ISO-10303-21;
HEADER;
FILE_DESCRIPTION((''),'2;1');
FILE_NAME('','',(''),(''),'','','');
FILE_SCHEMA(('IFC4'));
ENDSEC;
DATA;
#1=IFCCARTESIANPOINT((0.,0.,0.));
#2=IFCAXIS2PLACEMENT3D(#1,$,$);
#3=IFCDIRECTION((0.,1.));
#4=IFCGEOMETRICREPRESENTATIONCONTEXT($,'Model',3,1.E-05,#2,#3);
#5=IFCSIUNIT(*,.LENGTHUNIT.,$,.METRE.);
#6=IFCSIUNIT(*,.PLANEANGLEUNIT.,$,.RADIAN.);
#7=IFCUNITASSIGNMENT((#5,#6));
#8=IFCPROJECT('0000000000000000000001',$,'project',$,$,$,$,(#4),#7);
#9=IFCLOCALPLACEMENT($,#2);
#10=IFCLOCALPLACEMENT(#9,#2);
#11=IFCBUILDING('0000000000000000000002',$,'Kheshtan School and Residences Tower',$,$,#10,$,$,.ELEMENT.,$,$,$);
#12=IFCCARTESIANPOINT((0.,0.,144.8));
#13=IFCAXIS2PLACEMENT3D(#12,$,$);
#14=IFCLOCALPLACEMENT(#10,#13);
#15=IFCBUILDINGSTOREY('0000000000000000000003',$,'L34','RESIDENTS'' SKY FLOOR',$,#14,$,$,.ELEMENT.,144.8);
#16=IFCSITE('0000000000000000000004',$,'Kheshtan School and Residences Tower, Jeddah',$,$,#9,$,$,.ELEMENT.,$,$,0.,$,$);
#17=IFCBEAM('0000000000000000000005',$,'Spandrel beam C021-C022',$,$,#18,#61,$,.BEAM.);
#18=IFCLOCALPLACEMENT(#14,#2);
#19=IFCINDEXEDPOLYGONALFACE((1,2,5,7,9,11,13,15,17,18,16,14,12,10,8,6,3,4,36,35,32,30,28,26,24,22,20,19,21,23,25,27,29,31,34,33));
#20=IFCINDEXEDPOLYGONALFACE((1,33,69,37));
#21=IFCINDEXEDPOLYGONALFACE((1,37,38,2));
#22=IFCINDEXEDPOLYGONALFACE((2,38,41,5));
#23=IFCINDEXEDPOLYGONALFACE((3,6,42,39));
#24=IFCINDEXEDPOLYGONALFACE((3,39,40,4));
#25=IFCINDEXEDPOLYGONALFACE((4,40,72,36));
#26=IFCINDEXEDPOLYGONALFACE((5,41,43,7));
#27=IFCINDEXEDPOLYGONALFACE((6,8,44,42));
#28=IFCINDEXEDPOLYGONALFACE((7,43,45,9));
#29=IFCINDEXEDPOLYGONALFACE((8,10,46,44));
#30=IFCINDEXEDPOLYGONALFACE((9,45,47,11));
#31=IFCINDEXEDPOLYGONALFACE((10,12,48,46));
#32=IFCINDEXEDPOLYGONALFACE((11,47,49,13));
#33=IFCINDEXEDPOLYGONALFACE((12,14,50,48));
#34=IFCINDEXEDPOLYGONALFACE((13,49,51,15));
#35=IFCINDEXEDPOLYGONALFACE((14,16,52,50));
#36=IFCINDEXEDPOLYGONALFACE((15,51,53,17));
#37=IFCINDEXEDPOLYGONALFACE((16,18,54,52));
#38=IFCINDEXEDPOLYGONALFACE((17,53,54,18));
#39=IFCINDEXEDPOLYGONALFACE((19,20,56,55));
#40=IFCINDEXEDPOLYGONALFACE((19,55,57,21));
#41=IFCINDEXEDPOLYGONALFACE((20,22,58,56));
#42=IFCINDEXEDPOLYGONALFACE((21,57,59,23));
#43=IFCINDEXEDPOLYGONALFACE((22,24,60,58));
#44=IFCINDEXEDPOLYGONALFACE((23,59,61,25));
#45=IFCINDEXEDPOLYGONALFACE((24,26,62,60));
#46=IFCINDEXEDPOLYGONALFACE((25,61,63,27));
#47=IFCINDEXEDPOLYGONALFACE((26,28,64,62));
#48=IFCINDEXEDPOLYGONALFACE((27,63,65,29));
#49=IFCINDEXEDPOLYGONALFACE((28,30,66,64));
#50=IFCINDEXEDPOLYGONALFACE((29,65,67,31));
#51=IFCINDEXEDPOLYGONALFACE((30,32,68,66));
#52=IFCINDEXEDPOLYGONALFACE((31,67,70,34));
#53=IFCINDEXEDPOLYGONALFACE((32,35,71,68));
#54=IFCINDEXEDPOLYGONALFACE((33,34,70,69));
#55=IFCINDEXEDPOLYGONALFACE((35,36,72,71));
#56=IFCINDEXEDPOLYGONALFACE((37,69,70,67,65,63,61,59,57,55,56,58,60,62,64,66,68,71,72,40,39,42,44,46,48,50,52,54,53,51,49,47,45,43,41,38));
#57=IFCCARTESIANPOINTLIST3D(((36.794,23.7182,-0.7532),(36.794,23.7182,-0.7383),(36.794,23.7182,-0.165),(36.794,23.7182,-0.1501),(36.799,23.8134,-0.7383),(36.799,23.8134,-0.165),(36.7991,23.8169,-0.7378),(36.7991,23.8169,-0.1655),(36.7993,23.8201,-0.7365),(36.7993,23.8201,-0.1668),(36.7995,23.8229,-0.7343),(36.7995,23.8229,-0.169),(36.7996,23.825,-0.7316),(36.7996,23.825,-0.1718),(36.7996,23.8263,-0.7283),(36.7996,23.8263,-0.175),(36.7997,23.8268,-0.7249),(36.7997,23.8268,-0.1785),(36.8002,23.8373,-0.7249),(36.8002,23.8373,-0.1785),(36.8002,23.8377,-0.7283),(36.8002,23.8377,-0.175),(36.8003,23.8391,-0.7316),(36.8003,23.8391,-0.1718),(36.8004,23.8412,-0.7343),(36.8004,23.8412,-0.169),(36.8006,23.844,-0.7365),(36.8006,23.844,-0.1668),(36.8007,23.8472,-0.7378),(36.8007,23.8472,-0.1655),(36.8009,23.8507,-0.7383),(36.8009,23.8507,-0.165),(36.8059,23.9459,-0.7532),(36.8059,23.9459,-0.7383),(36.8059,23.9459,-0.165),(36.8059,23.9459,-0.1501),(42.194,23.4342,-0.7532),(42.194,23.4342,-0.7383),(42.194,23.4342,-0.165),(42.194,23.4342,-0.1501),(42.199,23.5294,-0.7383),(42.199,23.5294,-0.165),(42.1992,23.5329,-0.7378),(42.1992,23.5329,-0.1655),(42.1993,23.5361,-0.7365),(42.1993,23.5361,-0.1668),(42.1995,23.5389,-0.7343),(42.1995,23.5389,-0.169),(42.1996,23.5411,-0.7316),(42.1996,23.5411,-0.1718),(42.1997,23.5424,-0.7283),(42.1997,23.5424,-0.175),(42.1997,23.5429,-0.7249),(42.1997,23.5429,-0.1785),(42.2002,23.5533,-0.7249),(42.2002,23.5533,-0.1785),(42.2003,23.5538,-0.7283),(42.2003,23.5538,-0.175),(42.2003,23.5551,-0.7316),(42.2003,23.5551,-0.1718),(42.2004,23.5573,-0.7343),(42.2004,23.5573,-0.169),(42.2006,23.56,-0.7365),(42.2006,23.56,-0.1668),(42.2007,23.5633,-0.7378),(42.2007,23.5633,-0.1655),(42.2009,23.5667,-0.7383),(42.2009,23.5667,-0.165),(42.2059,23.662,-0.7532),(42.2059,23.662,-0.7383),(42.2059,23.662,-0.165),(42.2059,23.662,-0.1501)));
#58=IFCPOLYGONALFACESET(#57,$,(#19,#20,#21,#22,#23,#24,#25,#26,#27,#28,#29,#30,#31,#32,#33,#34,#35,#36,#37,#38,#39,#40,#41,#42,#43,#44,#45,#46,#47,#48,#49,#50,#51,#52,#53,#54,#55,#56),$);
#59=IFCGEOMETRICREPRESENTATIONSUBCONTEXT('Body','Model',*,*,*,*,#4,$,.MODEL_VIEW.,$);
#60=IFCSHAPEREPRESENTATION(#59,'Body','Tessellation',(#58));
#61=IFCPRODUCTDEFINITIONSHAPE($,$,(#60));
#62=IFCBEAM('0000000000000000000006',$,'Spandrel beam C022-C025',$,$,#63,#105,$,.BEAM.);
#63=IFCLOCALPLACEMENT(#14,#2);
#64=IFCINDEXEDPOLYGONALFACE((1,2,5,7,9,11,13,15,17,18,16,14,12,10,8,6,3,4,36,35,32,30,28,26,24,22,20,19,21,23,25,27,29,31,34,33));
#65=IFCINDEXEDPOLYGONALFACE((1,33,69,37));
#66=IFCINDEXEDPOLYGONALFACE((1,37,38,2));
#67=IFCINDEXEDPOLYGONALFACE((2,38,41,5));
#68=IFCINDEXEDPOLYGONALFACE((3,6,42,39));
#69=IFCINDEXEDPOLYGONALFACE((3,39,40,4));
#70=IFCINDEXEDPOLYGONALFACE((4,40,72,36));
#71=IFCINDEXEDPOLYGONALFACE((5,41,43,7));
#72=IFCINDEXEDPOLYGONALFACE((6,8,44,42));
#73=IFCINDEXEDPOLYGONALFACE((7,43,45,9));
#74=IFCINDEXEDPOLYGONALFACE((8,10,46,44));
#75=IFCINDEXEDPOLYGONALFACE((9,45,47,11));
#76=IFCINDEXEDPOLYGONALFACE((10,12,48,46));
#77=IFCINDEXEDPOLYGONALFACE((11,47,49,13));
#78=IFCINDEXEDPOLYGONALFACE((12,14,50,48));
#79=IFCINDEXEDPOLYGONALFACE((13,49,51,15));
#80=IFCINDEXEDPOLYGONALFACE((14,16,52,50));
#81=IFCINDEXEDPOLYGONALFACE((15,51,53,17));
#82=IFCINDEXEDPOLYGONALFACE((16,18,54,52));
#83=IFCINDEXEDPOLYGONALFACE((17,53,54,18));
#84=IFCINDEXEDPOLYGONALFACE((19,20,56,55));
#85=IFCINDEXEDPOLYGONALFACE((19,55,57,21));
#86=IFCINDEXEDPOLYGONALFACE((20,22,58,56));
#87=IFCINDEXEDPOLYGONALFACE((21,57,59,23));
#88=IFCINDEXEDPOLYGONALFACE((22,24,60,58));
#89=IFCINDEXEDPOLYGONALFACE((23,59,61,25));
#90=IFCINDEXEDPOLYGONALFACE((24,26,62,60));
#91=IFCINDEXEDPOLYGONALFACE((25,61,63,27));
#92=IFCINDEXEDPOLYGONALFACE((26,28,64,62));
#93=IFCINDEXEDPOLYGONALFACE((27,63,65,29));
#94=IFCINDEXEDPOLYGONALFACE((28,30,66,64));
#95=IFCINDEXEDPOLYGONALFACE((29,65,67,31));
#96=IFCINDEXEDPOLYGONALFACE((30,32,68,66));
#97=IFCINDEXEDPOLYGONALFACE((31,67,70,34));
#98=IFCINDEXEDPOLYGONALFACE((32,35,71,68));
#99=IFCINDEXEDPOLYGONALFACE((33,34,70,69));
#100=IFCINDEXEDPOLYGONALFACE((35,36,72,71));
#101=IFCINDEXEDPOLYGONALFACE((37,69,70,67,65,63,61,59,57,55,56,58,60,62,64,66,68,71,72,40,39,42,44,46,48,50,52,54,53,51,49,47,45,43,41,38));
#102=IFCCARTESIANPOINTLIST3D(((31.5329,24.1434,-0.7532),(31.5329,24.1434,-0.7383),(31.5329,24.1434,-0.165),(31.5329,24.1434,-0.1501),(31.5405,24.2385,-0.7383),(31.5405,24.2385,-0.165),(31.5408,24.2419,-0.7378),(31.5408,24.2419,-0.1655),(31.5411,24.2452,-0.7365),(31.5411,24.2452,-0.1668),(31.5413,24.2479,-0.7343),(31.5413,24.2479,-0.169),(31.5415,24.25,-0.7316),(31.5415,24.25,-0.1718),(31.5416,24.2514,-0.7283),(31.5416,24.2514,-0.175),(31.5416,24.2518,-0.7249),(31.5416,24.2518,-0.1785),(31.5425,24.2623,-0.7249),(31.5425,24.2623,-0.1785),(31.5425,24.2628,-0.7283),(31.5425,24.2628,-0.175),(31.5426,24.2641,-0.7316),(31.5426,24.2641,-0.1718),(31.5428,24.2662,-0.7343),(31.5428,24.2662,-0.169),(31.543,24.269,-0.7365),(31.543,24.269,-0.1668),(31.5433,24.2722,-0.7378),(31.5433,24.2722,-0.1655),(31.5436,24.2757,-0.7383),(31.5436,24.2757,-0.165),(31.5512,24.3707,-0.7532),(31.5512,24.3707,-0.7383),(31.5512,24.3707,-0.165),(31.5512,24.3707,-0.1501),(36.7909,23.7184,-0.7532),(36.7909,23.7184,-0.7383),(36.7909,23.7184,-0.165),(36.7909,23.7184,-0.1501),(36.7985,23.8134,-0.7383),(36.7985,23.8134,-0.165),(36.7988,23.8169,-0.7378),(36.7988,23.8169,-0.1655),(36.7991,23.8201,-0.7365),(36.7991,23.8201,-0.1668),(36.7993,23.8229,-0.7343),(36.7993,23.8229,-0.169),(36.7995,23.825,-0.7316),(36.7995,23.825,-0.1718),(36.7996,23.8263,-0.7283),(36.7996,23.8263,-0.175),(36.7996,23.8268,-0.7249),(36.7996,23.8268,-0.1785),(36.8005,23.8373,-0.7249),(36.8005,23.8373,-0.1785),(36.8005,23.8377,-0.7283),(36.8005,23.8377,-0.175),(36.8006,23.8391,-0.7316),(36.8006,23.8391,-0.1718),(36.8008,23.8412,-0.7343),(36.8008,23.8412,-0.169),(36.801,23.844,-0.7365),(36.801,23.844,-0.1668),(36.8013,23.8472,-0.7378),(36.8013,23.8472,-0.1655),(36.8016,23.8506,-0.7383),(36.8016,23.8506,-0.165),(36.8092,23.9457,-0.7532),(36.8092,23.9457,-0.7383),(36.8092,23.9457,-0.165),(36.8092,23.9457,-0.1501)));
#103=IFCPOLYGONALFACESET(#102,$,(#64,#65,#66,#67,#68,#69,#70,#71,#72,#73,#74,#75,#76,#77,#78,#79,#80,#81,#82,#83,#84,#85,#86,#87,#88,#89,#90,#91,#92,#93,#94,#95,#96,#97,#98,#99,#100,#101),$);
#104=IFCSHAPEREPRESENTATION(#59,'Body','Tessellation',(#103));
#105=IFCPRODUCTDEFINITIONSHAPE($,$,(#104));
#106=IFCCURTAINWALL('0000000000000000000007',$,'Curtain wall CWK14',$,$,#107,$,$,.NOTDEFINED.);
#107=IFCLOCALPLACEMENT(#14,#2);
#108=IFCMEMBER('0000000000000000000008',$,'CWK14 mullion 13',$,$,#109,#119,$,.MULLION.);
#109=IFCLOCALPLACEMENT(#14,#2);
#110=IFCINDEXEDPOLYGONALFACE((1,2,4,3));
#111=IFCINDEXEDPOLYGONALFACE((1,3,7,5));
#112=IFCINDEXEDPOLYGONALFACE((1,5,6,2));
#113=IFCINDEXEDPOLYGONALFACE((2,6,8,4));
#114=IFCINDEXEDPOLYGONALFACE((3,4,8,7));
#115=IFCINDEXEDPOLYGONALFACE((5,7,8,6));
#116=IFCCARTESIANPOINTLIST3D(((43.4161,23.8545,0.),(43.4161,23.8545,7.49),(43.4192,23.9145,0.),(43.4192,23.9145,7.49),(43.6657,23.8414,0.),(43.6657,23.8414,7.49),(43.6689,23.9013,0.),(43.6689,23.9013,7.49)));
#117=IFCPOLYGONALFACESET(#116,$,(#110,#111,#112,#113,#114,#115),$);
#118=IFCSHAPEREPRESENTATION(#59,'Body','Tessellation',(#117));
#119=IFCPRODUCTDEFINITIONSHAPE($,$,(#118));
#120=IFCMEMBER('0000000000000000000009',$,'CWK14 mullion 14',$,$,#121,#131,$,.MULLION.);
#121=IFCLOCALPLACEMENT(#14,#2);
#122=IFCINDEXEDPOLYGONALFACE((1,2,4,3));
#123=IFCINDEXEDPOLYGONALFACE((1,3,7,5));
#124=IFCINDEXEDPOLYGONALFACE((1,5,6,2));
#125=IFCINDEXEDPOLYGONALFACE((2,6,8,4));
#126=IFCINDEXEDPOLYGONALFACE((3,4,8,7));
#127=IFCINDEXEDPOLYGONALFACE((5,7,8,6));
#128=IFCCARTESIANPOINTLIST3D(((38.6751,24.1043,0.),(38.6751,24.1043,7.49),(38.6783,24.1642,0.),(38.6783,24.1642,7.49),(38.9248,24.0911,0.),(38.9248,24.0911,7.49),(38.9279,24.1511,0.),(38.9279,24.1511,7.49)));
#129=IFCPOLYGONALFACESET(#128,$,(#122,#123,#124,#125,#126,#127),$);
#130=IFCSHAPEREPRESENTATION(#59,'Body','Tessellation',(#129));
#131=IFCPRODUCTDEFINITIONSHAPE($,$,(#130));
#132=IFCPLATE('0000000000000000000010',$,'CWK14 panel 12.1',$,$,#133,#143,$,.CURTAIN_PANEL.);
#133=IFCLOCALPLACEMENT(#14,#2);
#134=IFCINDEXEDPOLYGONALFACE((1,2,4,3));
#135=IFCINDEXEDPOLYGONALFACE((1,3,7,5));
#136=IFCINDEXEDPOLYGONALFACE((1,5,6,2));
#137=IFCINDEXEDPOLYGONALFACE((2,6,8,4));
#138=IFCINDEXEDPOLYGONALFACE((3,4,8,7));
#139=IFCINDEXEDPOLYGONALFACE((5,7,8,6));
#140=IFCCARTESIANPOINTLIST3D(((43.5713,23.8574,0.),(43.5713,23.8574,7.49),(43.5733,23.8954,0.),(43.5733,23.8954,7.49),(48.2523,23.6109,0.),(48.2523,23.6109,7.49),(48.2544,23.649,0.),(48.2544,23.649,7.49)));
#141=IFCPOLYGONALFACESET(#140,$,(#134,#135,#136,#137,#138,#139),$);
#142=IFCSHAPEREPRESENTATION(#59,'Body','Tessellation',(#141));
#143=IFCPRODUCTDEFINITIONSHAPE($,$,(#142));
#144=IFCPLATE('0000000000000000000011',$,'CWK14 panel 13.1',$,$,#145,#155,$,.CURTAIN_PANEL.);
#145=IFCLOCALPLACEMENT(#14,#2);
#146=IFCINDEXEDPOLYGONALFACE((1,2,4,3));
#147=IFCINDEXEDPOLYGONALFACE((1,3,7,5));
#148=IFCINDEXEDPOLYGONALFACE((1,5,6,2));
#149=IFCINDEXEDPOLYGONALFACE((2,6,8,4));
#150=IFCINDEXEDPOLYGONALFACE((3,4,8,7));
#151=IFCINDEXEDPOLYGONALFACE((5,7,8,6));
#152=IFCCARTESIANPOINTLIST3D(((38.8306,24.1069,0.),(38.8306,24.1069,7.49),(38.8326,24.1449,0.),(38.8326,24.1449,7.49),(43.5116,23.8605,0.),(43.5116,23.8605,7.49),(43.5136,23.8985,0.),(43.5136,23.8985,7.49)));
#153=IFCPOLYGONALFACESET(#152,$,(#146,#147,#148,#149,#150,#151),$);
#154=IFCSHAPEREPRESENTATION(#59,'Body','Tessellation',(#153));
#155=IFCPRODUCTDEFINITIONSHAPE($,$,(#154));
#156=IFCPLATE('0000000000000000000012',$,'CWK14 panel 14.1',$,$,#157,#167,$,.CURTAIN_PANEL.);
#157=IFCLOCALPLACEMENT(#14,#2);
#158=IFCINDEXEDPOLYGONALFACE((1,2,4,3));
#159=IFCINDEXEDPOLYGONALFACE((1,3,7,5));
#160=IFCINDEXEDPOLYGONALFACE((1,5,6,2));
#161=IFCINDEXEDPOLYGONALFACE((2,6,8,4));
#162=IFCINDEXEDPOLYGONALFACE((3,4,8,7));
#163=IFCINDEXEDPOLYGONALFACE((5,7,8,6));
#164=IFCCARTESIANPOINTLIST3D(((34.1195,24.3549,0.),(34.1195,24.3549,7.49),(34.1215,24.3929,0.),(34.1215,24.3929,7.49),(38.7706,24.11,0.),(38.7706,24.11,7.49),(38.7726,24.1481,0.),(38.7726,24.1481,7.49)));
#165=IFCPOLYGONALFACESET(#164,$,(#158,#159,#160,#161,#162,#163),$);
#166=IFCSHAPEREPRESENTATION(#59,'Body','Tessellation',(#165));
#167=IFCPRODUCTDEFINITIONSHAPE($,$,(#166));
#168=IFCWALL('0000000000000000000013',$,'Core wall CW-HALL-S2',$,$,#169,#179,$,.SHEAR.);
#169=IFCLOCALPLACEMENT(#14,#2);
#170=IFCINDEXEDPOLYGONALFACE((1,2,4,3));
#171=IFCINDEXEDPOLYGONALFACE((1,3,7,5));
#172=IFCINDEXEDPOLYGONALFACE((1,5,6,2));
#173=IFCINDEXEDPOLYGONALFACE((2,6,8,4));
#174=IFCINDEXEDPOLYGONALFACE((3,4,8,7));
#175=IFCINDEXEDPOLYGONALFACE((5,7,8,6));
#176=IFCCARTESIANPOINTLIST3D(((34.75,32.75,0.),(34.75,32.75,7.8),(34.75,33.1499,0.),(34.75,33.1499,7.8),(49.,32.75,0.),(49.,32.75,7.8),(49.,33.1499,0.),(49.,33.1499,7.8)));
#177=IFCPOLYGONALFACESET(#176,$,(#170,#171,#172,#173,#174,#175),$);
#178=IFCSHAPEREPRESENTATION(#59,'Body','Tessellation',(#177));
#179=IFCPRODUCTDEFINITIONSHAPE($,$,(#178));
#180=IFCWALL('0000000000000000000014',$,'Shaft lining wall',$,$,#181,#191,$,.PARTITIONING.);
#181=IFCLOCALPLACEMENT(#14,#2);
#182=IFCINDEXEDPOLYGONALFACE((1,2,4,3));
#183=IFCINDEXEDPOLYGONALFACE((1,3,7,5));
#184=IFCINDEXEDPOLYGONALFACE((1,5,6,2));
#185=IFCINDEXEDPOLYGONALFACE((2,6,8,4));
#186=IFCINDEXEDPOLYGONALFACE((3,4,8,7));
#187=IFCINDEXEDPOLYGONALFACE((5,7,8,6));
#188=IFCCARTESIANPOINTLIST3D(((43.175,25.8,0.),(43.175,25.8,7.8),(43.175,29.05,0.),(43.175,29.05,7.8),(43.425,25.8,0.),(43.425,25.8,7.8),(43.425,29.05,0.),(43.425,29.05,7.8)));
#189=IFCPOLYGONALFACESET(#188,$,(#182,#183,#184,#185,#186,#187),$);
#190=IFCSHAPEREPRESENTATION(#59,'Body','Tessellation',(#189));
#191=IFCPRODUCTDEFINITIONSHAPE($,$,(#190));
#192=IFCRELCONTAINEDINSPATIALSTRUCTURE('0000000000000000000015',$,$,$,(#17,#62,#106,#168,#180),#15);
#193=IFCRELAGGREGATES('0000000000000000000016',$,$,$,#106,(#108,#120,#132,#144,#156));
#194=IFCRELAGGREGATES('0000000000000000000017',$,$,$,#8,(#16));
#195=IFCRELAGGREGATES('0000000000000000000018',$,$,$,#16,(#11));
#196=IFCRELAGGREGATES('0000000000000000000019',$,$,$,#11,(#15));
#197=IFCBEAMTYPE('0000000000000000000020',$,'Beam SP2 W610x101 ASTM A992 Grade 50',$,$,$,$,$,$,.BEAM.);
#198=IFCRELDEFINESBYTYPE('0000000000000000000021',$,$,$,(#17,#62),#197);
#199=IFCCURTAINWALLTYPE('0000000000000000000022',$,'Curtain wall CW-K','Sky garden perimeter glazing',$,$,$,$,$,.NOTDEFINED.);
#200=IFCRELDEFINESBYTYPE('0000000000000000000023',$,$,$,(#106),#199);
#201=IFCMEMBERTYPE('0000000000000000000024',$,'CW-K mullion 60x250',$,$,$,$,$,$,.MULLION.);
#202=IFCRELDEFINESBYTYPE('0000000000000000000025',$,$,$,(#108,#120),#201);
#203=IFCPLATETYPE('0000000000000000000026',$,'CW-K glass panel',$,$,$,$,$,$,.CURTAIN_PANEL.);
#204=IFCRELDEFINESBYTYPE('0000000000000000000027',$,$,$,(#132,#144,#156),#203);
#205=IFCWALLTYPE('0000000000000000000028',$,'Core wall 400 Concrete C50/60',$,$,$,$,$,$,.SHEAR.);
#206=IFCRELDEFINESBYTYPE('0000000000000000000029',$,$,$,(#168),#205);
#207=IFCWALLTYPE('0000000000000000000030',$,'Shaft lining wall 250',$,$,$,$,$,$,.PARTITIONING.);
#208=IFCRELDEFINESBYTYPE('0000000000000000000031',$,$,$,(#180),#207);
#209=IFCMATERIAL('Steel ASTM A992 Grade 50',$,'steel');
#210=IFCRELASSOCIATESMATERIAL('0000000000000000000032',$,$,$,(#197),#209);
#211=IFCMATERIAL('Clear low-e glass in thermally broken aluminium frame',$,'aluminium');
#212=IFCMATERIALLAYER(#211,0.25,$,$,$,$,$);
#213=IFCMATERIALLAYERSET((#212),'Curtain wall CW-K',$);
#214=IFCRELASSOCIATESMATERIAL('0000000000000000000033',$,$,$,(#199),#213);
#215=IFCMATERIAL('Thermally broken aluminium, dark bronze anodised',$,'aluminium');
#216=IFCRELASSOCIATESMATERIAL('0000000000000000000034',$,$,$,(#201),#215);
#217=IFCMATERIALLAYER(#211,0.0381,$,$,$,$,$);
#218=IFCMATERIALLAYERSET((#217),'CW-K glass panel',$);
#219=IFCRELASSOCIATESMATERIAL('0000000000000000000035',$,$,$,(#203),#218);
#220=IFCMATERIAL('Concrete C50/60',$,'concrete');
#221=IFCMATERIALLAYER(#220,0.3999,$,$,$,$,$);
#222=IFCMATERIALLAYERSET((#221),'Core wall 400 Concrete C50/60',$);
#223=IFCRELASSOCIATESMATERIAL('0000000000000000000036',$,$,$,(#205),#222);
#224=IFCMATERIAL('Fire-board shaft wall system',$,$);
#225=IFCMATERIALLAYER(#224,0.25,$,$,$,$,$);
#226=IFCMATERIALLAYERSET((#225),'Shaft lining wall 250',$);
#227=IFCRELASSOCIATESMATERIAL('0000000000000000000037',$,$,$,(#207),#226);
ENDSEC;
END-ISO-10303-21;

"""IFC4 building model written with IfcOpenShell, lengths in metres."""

from ifc_helpers import new_model, si_unit, direction, frame, frame_2d, origin, origin_2d, place, context, subcontext, project, spatial, rectangle, i_section, extrude, material, layer, layer_set, material_profile, profile_set, type_object, element, aggregate, save


model = new_model("IFC4")

# Units and contexts
model_context = context("Model", 3, precision=1e-05, world=origin(), true_north=direction((0.0, 1.0)))
body_context = subcontext(model_context, "Body", "Model", "MODEL_VIEW")
ifc_project = project(units=[si_unit("LENGTHUNIT", "METRE"), si_unit("PLANEANGLEUNIT", "RADIAN")], contexts=[model_context])

# Site, building, storey
site_placement = place(None, origin())
site = spatial("IfcSite", under=ifc_project, at=site_placement, Name="Kheshtan School and Residences Tower, Jeddah", CompositionType="ELEMENT", RefElevation=0.0)
building_placement = place(site_placement, origin())
building = spatial("IfcBuilding", under=site, at=building_placement, Name="Kheshtan School and Residences Tower", CompositionType="ELEMENT")
storey_placement = place(building_placement, frame((0.0, 0.0, 144.8)))
storey = spatial("IfcBuildingStorey", under=building, at=storey_placement, Name="L34", Description="RESIDENTS' SKY FLOOR", CompositionType="ELEMENT", Elevation=144.8)

# Shared definitions
ifc_material_1 = material(Name="Steel ASTM A992 Grade 50", Category="steel")

# Beams
ifc_material_profile_1 = material_profile(ifc_material_1, i_section(OverallWidth=0.228, OverallDepth=0.603, WebThickness=0.0105, FlangeThickness=0.0149, FilletRadius=0.0134, at=origin_2d()), Name="W610x101")
ifc_profile_set_1 = profile_set([ifc_material_profile_1], Name="Steel ASTM A992 Grade 50")
beam_type_1 = type_object("IfcBeamType", Name="Beam SP2 W610x101 ASTM A992 Grade 50", PredefinedType="BEAM", material=ifc_profile_set_1)
beam_1_placement = place(storey_placement, frame((42.2, 23.5481, -0.4517), z_axis=(-0.99862, 0.052509, 0.0), x_axis=(-0.052509, -0.99862, 0.0)))
element("IfcBeam", 1, at=beam_1_placement, inside=storey, type_object=beam_type_1, Name="Spandrel beam C021-C022", PredefinedType="BEAM", context=body_context, shape_type="SweptSolid", body=[
    extrude(i_section(OverallWidth=0.228, OverallDepth=0.603, WebThickness=0.0105, FlangeThickness=0.0149, FilletRadius=0.0134, at=origin_2d()), origin(), (0.0, 0.0, 1.0), 5.4075),
])
beam_2_placement = place(storey_placement, frame((36.8, 23.832, -0.4517), z_axis=(-0.996749, 0.080575, 0.0), x_axis=(-0.080575, -0.996749, 0.0)))
element("IfcBeam", 2, at=beam_2_placement, inside=storey, type_object=beam_type_1, Name="Spandrel beam C022-C025", PredefinedType="BEAM", context=body_context, shape_type="SweptSolid", body=[
    extrude(i_section(OverallWidth=0.228, OverallDepth=0.603, WebThickness=0.0105, FlangeThickness=0.0149, FilletRadius=0.0134, at=origin_2d()), origin(), (0.0, 0.0, 1.0), 5.2751),
])

# Curtain wall, members, plates
ifc_material_2 = material(Name="Clear low-e glass in thermally broken aluminium frame", Category="aluminium")
ifc_layer_1 = layer(ifc_material_2, 0.25)
ifc_layer_set_1 = layer_set([ifc_layer_1], Name="Curtain wall CW-K")
curtain_wall_type = type_object("IfcCurtainWallType", Name="Curtain wall CW-K", Description="Sky garden perimeter glazing", PredefinedType="NOTDEFINED", material=ifc_layer_set_1)
curtain_wall_placement = place(storey_placement, origin())
curtain_wall = element("IfcCurtainWall", 3, at=curtain_wall_placement, inside=storey, type_object=curtain_wall_type, Name="Curtain wall CWK14", PredefinedType="NOTDEFINED")
ifc_material_3 = material(Name="Thermally broken aluminium, dark bronze anodised", Category="aluminium")
ifc_material_profile_2 = material_profile(ifc_material_3, rectangle(XDim=0.0601, YDim=0.25, at=origin_2d()), Name="CW-K mullion 60x250")
ifc_profile_set_2 = profile_set([ifc_material_profile_2], Name="Thermally broken aluminium, dark bronze anodised")
member_type = type_object("IfcMemberType", Name="CW-K mullion 60x250", PredefinedType="MULLION", material=ifc_profile_set_2)
member_1_placement = place(storey_placement, frame((43.5425, 23.8779, 0.0), z_axis=(0.0, 0.0, 1.0), x_axis=(-0.05257, -0.998617, 0.0)))
member_1 = element("IfcMember", 4, at=member_1_placement, type_object=member_type, Name="CWK14 mullion 13", PredefinedType="MULLION", context=body_context, shape_type="SweptSolid", body=[
    extrude(rectangle(XDim=0.0601, YDim=0.25, at=origin_2d()), origin(), (0.0, 0.0, 1.0), 7.49),
])
member_2_placement = place(storey_placement, frame((38.8015, 24.1277, 0.0), z_axis=(0.0, 0.0, 1.0), x_axis=(-0.05257, -0.998617, 0.0)))
member_2 = element("IfcMember", 5, at=member_2_placement, type_object=member_type, Name="CWK14 mullion 14", PredefinedType="MULLION", context=body_context, shape_type="SweptSolid", body=[
    extrude(rectangle(XDim=0.0601, YDim=0.25, at=origin_2d()), origin(), (0.0, 0.0, 1.0), 7.49),
])
ifc_layer_2 = layer(ifc_material_2, 0.0381)
ifc_layer_set_2 = layer_set([ifc_layer_2], Name="CW-K glass panel")
plate_type = type_object("IfcPlateType", Name="CW-K glass panel", PredefinedType="CURTAIN_PANEL", material=ifc_layer_set_2)
plate_1_placement = place(storey_placement, frame((45.9128, 23.7532, 0.0), z_axis=(0.0, 0.0, 1.0), x_axis=(-0.998617, 0.05257, 0.0)))
plate_1 = element("IfcPlate", 6, at=plate_1_placement, type_object=plate_type, Name="CWK14 panel 12.1", PredefinedType="CURTAIN_PANEL", context=body_context, shape_type="SweptSolid", body=[
    extrude(rectangle(XDim=4.6875, YDim=0.0381, at=origin_2d()), origin(), (0.0, 0.0, 1.0), 7.49),
])
plate_2_placement = place(storey_placement, frame((41.1721, 24.0027, 0.0), z_axis=(0.0, 0.0, 1.0), x_axis=(-0.998617, 0.05257, 0.0)))
plate_2 = element("IfcPlate", 7, at=plate_2_placement, type_object=plate_type, Name="CWK14 panel 13.1", PredefinedType="CURTAIN_PANEL", context=body_context, shape_type="SweptSolid", body=[
    extrude(rectangle(XDim=4.6875, YDim=0.0381, at=origin_2d()), origin(), (0.0, 0.0, 1.0), 7.49),
])
plate_3_placement = place(storey_placement, frame((36.446, 24.2515, 0.0), z_axis=(0.0, 0.0, 1.0), x_axis=(-0.998617, 0.05257, 0.0)))
plate_3 = element("IfcPlate", 8, at=plate_3_placement, type_object=plate_type, Name="CWK14 panel 14.1", PredefinedType="CURTAIN_PANEL", context=body_context, shape_type="SweptSolid", body=[
    extrude(rectangle(XDim=4.6575, YDim=0.0381, at=origin_2d()), origin(), (0.0, 0.0, 1.0), 7.49),
])
aggregate(curtain_wall, [member_1, member_2, plate_1, plate_2, plate_3])

# Walls
ifc_material_4 = material(Name="Concrete C50/60", Category="concrete")
ifc_layer_3 = layer(ifc_material_4, 0.3999)
ifc_layer_set_3 = layer_set([ifc_layer_3], Name="Core wall 400 Concrete C50/60")
wall_type_1 = type_object("IfcWallType", Name="Core wall 400 Concrete C50/60", PredefinedType="SHEAR", material=ifc_layer_set_3)
wall_placement = place(storey_placement, frame((34.75, 32.95, 0.0), z_axis=(0.0, 0.0, 1.0), x_axis=(1.0, 0.0, 0.0)))
element("IfcWall", 9, at=wall_placement, inside=storey, type_object=wall_type_1, Name="Core wall CW-HALL-S2", PredefinedType="SHEAR", context=body_context, shape_type="SweptSolid", body=[
    extrude(rectangle(XDim=14.25, YDim=0.3999, at=frame_2d((7.125, 0.0))), origin(), (0.0, 0.0, 1.0), 7.8),
])
ifc_material_5 = material(Name="Fire-board shaft wall system")
ifc_layer_4 = layer(ifc_material_5, 0.25)
ifc_layer_set_4 = layer_set([ifc_layer_4], Name="Shaft lining wall 250")
wall_type_2 = type_object("IfcWallType", Name="Shaft lining wall 250", PredefinedType="PARTITIONING", material=ifc_layer_set_4)
for number, where, z_axis, x_axis, name in (
    (10, (43.3, 25.8, 0.0), (0.0, 0.0, 1.0), (0.0, 1.0, 0.0), "Shaft lining wall"),
):
    element("IfcWall", number, at=place(storey_placement, frame(where, z_axis=z_axis, x_axis=x_axis)), inside=storey, type_object=wall_type_2, Name=name, PredefinedType="PARTITIONING", context=body_context, shape_type="SweptSolid", body=[
        extrude(rectangle(XDim=3.25, YDim=0.25, at=frame_2d((1.625, 0.0))), origin(), (0.0, 0.0, 1.0), 7.8),
    ])

save(model, "model.ifc")
